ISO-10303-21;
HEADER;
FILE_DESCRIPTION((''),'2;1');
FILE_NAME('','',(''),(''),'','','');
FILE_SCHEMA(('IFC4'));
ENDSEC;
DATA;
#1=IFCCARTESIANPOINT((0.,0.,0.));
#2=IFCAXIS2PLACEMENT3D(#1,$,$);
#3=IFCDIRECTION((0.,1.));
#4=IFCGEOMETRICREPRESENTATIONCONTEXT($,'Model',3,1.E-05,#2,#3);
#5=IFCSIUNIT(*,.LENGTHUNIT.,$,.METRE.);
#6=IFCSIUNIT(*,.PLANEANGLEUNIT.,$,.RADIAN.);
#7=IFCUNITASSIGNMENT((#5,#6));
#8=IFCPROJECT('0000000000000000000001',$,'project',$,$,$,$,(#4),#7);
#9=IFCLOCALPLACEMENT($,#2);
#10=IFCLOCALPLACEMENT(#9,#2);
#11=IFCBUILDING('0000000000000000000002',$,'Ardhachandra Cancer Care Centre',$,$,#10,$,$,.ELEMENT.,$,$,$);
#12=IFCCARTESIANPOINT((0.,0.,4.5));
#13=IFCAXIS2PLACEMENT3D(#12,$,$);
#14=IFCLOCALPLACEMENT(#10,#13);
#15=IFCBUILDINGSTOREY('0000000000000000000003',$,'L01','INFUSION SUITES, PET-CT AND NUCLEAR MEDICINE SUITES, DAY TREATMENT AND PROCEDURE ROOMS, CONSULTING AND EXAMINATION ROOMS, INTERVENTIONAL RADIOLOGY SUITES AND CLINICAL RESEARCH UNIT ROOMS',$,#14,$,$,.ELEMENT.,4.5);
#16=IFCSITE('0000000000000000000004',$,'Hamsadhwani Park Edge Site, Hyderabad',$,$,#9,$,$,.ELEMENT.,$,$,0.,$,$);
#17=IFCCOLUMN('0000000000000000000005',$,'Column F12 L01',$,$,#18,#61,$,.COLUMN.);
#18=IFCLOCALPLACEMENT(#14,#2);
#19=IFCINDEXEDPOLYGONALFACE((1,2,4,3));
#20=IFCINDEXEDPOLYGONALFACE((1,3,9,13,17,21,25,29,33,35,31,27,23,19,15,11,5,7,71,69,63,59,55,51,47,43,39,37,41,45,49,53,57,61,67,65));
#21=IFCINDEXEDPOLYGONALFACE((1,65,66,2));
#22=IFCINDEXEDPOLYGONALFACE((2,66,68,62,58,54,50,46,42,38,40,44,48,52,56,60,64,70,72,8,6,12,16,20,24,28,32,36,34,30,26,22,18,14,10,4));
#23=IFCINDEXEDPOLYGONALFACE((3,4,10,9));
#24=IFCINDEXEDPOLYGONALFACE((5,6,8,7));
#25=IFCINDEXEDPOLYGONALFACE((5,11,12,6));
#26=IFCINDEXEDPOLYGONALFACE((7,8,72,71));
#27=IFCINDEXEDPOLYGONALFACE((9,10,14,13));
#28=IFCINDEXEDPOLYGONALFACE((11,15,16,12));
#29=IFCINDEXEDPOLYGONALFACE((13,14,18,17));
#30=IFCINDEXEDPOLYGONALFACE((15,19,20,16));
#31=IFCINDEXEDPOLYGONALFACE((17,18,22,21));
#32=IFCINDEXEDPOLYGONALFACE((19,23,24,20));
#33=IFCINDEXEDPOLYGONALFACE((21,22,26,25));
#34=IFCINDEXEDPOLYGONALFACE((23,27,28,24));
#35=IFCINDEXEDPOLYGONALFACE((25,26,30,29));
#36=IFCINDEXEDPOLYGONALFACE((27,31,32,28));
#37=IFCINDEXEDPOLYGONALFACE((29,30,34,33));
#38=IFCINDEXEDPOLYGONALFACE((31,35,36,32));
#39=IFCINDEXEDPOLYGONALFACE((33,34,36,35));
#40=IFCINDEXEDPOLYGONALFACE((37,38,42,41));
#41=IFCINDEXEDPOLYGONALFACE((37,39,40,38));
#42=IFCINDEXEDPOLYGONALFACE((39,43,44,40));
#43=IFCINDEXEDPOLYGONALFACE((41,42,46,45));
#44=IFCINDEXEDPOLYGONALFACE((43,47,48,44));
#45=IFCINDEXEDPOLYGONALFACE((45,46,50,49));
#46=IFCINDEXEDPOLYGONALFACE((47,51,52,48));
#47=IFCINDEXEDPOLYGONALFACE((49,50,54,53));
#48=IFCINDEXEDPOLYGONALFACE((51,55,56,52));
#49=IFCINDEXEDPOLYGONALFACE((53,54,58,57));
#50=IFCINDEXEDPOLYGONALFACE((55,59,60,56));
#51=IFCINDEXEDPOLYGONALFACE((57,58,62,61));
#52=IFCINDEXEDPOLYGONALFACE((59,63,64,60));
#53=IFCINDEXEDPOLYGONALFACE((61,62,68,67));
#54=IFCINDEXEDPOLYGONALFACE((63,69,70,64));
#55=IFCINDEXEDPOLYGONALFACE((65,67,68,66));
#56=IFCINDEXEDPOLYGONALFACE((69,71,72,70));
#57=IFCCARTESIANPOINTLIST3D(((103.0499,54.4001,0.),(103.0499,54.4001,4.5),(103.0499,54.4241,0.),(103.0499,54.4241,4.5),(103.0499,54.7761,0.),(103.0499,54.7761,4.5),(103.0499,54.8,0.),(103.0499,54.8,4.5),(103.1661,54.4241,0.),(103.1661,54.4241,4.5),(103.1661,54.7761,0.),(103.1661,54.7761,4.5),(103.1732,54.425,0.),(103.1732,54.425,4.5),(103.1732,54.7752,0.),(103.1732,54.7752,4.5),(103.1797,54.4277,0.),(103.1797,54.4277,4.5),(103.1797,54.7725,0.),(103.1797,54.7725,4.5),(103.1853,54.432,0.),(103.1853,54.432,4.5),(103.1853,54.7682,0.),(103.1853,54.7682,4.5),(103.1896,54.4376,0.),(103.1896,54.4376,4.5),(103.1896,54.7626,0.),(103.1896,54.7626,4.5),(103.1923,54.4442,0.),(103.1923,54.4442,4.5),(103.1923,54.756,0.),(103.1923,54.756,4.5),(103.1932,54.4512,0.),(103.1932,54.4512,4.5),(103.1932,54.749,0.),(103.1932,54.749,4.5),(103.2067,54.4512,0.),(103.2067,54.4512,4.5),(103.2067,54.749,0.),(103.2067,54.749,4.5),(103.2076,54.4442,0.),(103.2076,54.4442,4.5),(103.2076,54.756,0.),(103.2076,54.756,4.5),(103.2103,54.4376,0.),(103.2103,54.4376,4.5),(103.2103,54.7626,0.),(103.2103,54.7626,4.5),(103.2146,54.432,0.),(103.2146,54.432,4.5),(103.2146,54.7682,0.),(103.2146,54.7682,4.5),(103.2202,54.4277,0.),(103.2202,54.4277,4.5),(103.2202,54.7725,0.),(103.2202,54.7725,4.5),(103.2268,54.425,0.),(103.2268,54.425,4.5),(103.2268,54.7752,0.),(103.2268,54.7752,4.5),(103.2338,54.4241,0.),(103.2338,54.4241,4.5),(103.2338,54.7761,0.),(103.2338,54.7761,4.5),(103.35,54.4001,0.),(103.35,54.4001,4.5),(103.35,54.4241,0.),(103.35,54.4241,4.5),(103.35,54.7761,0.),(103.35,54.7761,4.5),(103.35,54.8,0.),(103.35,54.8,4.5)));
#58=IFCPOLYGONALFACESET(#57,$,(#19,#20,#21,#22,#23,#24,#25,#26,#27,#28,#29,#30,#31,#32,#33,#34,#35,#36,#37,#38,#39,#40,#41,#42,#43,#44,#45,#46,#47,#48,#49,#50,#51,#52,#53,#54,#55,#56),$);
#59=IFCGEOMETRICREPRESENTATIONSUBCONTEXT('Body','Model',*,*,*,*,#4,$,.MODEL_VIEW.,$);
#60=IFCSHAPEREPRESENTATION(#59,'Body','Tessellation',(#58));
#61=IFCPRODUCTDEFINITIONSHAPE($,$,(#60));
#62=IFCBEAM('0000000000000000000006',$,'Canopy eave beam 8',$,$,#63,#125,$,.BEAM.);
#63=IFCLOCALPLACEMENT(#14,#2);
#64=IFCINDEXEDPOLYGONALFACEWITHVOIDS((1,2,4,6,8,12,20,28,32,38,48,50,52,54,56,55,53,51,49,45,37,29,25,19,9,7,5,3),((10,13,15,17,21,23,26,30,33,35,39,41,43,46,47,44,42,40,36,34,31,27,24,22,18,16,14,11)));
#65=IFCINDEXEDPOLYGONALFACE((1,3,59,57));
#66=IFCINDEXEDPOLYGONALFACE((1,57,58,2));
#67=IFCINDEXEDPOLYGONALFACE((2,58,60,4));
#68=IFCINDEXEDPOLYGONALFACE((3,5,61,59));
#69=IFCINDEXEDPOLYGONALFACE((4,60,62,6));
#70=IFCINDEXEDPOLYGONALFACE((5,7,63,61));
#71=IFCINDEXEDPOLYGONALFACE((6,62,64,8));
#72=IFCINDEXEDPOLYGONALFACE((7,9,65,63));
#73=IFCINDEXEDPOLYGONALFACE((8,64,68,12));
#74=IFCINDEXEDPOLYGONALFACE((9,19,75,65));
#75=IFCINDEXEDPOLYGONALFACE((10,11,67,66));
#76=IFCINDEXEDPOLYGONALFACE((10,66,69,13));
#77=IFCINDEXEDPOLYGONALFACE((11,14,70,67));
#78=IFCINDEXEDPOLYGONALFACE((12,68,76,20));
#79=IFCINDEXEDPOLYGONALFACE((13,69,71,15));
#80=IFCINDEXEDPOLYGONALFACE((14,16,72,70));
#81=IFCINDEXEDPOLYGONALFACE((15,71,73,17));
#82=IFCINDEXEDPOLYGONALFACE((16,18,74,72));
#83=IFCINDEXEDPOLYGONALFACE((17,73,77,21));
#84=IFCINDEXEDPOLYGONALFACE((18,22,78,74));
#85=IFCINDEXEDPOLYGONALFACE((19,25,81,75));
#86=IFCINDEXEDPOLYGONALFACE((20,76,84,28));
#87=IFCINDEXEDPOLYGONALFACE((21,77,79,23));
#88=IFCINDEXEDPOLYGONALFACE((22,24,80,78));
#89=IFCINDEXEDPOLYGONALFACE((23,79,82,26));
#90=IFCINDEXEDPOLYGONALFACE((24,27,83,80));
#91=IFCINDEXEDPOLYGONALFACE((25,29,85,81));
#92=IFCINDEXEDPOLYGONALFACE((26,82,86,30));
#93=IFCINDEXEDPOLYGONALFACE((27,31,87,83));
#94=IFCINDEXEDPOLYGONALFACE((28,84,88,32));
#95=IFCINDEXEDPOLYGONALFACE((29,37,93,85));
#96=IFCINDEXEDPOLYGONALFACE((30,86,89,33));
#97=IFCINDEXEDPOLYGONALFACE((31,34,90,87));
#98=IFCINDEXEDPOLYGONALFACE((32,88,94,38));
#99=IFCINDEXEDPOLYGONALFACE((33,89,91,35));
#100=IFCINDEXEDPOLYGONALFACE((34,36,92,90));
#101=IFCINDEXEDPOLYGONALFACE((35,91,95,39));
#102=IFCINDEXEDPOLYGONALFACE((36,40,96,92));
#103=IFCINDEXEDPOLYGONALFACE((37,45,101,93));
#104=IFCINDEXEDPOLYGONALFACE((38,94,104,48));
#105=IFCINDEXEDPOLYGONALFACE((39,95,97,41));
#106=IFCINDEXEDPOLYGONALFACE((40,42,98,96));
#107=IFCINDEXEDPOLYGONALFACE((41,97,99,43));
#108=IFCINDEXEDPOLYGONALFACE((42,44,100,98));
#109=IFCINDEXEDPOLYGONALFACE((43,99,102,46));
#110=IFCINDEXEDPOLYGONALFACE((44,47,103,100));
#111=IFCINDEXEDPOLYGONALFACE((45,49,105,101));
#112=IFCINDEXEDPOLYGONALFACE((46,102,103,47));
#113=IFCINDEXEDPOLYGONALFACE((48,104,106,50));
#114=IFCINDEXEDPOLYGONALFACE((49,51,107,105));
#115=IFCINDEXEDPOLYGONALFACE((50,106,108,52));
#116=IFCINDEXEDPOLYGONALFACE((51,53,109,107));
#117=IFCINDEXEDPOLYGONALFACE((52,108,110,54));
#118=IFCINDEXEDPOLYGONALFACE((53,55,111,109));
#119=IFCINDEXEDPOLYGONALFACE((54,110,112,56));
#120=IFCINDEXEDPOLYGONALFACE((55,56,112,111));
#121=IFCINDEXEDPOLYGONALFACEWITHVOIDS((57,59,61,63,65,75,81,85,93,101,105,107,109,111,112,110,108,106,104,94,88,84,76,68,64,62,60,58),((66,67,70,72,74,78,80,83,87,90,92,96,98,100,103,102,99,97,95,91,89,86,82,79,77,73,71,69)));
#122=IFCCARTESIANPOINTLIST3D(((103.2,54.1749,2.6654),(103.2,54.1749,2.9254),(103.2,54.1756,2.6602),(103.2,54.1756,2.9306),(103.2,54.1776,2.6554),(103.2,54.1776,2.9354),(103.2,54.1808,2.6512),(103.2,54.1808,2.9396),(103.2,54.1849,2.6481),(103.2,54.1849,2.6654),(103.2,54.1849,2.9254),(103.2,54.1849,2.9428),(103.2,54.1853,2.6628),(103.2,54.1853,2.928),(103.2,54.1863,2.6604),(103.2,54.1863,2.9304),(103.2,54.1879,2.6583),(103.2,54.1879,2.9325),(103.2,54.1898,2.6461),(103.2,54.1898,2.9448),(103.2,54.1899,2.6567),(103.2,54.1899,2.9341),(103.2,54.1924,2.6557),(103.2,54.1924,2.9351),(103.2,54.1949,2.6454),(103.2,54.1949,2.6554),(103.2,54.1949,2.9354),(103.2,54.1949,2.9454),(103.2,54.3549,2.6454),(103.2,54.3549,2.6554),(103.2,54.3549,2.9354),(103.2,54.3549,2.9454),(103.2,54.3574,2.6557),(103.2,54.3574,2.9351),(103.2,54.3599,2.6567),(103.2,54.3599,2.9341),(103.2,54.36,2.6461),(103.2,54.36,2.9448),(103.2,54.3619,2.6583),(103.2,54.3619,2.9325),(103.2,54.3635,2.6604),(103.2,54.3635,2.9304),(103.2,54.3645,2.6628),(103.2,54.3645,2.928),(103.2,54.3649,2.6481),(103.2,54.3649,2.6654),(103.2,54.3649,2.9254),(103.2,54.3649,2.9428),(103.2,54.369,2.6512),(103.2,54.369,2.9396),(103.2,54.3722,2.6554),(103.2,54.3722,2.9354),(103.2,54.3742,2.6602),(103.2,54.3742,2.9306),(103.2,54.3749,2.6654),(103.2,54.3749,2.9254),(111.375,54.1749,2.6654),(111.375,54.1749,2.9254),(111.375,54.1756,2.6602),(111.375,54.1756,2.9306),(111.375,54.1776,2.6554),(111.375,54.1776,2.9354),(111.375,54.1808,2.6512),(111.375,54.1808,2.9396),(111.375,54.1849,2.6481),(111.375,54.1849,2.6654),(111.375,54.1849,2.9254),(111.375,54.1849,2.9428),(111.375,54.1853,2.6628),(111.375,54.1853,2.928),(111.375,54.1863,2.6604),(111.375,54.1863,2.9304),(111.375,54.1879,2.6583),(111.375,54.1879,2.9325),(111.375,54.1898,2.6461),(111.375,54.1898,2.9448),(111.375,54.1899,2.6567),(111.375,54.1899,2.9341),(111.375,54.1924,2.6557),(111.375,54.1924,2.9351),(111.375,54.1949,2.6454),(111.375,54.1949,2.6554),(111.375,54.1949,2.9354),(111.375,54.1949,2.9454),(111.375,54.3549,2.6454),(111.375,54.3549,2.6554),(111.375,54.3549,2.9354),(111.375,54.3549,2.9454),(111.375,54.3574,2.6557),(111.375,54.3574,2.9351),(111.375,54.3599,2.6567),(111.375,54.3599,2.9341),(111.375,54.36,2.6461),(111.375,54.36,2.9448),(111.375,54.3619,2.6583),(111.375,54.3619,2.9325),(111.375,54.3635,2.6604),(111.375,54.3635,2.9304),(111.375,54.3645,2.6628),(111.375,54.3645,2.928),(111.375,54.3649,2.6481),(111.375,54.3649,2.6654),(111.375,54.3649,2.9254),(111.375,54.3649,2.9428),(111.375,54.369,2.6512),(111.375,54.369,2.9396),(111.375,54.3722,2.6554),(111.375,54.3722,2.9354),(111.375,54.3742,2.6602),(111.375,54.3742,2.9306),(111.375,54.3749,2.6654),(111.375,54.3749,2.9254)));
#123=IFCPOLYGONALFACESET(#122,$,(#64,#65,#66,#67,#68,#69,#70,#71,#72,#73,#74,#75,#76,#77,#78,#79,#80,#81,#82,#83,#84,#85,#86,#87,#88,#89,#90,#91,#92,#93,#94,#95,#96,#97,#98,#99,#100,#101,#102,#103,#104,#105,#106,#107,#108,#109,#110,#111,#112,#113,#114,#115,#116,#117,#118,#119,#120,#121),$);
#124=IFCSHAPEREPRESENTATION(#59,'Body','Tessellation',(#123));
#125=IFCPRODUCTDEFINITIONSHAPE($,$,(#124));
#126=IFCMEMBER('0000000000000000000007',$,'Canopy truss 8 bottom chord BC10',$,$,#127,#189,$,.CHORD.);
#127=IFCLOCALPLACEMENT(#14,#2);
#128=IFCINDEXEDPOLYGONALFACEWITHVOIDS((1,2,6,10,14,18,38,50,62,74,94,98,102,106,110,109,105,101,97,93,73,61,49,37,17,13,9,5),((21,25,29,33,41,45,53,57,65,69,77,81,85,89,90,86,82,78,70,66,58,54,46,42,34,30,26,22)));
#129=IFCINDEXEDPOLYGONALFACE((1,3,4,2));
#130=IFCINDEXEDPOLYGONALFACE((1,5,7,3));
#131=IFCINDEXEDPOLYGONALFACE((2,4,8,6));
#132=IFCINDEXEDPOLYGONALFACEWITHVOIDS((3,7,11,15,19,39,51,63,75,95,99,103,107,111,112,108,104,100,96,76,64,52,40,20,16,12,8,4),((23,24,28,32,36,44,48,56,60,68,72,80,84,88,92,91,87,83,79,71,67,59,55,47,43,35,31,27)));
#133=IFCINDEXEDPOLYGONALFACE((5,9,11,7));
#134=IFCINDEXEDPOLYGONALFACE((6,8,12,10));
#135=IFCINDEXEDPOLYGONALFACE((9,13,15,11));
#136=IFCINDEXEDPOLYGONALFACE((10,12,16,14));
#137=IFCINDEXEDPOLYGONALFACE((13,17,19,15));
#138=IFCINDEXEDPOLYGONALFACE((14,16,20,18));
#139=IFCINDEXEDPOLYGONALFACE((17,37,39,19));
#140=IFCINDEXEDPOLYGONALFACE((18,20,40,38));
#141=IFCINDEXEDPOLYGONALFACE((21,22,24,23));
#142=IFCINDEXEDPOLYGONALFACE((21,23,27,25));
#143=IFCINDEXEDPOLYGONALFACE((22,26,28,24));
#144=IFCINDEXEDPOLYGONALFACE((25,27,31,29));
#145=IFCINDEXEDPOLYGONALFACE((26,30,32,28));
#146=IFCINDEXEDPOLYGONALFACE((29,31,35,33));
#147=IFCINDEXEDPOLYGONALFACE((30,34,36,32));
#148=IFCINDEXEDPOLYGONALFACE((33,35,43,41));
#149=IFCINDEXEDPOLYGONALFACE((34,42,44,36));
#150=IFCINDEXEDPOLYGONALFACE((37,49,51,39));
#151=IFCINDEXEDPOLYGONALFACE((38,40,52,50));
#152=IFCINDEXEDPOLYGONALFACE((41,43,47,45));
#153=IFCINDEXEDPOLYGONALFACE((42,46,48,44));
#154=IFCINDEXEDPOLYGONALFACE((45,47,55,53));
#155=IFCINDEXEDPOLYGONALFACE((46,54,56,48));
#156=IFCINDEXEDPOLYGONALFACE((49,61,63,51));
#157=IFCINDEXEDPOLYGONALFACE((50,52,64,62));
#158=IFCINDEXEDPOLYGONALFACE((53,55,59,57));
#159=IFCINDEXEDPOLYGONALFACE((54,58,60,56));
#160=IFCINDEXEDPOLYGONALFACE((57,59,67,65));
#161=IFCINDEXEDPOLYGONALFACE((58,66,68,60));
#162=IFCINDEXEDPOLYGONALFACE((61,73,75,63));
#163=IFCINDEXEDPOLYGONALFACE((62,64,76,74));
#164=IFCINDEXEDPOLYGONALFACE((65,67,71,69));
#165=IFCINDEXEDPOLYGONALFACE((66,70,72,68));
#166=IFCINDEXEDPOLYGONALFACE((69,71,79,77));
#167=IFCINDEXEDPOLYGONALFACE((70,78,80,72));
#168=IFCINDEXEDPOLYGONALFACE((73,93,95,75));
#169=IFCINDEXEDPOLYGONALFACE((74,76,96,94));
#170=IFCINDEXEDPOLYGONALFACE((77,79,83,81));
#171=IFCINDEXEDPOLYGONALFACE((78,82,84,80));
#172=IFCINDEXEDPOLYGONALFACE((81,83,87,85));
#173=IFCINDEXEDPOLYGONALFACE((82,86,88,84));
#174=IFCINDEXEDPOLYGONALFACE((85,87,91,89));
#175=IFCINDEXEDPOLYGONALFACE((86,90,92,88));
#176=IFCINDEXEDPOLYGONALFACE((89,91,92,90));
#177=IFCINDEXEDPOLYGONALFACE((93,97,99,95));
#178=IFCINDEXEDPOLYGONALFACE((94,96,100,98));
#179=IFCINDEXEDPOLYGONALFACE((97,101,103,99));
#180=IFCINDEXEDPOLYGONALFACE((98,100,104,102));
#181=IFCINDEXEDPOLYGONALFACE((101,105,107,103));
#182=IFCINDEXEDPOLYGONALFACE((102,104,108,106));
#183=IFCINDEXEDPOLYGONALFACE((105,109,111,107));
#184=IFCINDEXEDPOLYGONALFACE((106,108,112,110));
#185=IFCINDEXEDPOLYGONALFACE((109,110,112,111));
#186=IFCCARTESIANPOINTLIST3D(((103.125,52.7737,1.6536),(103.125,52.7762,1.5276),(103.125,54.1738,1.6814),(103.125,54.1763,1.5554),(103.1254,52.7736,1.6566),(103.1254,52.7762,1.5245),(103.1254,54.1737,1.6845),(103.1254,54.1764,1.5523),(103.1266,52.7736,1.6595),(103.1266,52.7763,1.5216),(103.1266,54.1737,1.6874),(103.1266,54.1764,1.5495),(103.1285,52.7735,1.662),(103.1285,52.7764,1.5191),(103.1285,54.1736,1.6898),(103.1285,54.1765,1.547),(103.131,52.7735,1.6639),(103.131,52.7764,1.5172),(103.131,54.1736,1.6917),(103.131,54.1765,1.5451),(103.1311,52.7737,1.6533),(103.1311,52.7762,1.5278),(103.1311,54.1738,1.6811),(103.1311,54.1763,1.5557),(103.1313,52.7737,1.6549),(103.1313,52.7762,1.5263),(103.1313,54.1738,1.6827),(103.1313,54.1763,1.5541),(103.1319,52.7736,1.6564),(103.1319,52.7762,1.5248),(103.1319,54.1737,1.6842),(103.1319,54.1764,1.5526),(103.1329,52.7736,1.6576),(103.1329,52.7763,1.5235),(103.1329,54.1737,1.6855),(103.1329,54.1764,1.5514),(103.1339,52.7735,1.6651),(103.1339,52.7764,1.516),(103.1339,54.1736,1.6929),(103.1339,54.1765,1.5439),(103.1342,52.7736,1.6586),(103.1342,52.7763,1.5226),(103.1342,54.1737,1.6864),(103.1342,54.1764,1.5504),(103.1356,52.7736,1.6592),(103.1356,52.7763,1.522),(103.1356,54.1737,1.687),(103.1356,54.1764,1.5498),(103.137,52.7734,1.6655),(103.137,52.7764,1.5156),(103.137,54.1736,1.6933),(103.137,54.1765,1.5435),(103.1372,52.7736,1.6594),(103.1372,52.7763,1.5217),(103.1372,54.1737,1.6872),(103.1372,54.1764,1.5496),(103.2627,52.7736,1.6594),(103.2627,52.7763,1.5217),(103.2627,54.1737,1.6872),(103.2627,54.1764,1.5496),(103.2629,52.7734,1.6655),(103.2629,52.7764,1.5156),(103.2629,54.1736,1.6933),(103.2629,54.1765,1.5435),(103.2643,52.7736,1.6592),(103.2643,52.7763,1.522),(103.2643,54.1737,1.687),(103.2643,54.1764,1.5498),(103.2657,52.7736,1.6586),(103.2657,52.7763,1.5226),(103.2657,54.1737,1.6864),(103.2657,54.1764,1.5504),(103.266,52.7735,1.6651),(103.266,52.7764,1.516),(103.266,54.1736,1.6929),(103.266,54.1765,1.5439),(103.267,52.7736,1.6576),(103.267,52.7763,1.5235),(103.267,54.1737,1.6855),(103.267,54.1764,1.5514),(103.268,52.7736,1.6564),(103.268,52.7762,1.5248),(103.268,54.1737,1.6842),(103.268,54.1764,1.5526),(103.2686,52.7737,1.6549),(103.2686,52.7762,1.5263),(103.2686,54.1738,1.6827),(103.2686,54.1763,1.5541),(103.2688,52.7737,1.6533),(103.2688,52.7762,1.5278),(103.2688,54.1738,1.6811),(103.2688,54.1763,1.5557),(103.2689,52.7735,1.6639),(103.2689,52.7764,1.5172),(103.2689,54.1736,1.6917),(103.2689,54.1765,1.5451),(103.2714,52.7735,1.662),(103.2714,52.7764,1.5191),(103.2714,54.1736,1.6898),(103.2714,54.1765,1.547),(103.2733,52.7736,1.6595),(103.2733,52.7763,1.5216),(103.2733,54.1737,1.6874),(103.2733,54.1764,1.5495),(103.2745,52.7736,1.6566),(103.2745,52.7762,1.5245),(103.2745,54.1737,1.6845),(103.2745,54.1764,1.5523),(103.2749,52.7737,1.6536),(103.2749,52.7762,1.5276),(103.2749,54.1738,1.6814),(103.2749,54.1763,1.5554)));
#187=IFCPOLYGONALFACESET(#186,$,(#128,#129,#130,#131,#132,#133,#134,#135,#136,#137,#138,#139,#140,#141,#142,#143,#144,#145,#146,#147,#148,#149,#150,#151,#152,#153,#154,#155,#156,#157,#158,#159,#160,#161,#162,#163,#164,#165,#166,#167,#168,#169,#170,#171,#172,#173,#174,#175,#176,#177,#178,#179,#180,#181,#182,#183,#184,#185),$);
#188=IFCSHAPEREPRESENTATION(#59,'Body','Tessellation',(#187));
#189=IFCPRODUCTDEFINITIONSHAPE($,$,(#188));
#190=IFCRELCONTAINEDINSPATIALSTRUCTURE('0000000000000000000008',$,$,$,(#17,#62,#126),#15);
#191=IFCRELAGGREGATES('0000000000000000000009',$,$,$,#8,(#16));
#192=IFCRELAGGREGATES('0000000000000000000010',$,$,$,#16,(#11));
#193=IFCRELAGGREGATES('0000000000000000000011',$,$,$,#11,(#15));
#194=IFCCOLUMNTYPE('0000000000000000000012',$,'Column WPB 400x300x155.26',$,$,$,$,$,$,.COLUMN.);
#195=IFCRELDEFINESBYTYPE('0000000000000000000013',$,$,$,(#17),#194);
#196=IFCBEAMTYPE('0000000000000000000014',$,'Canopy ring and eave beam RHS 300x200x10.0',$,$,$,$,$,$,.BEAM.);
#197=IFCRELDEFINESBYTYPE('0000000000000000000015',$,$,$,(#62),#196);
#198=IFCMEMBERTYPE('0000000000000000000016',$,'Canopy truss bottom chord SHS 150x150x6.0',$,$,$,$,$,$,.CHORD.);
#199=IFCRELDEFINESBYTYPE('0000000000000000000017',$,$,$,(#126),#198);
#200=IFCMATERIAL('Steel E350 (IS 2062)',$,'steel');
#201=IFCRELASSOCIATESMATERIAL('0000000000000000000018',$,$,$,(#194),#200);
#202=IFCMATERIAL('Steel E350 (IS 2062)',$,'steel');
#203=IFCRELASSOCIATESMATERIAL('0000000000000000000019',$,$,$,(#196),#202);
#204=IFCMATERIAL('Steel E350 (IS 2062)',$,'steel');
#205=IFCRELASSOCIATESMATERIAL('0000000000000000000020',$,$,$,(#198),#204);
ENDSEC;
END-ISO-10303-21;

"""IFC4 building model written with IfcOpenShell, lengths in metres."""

from ifc_helpers import new_model, si_unit, direction, frame, origin, origin_2d, place, context, subcontext, project, spatial, hollow_rectangle, i_section, extrude, material, material_profile, profile_set, type_object, element, save


model = new_model("IFC4")

# Units and contexts
model_context = context("Model", 3, precision=1e-05, world=origin(), true_north=direction((0.0, 1.0)))
body_context = subcontext(model_context, "Body", "Model", "MODEL_VIEW")
ifc_project = project(units=[si_unit("LENGTHUNIT", "METRE"), si_unit("PLANEANGLEUNIT", "RADIAN")], contexts=[model_context])

# Site, building, storey
site_placement = place(None, origin())
site = spatial("IfcSite", under=ifc_project, at=site_placement, Name="Hamsadhwani Park Edge Site, Hyderabad", CompositionType="ELEMENT", RefElevation=0.0)
building_placement = place(site_placement, origin())
building = spatial("IfcBuilding", under=site, at=building_placement, Name="Ardhachandra Cancer Care Centre", CompositionType="ELEMENT")
storey_placement = place(building_placement, frame((0.0, 0.0, 4.5)))
storey = spatial("IfcBuildingStorey", under=building, at=storey_placement, Name="L01", Description="INFUSION SUITES, PET-CT AND NUCLEAR MEDICINE SUITES, DAY TREATMENT AND PROCEDURE ROOMS, CONSULTING AND EXAMINATION ROOMS, INTERVENTIONAL RADIOLOGY SUITES AND CLINICAL RESEARCH UNIT ROOMS", CompositionType="ELEMENT", Elevation=4.5)

# Column
ifc_material_1 = material(Name="Steel E350 (IS 2062)", Category="steel")
ifc_material_profile_1 = material_profile(ifc_material_1, i_section(OverallWidth=0.3, OverallDepth=0.3999, WebThickness=0.0134, FlangeThickness=0.0239, FilletRadius=0.0271, at=origin_2d()), Name="WPB 400x300x155.26")
ifc_profile_set_1 = profile_set([ifc_material_profile_1], Name="Steel E350 (IS 2062)")
column_type = type_object("IfcColumnType", Name="Column WPB 400x300x155.26", PredefinedType="COLUMN", material=ifc_profile_set_1)
column_placement = place(storey_placement, frame((103.2, 54.6001, 0.0), z_axis=(0.0, 0.0, 1.0), x_axis=(1.0, 0.0, 0.0)))
element("IfcColumn", 1, at=column_placement, inside=storey, type_object=column_type, Name="Column F12 L01", PredefinedType="COLUMN", context=body_context, shape_type="SweptSolid", body=[
    extrude(i_section(OverallWidth=0.3, OverallDepth=0.3999, WebThickness=0.0134, FlangeThickness=0.0239, FilletRadius=0.0271, at=origin_2d()), origin(), (0.0, 0.0, 1.0), 4.5),
])

# Beam
ifc_material_2 = material(Name="Steel E350 (IS 2062)", Category="steel")
ifc_material_profile_2 = material_profile(ifc_material_2, hollow_rectangle(XDim=0.2, YDim=0.3, WallThickness=0.01, InnerFilletRadius=0.01, OuterFilletRadius=0.02, at=origin_2d()), Name="RHS 300x200x10.0")
ifc_profile_set_2 = profile_set([ifc_material_profile_2], Name="Steel E350 (IS 2062)")
beam_type = type_object("IfcBeamType", Name="Canopy ring and eave beam RHS 300x200x10.0", PredefinedType="BEAM", material=ifc_profile_set_2)
beam_placement = place(storey_placement, frame((103.2, 54.2749, 2.7954), z_axis=(1.0, 0.0, 0.0), x_axis=(0.0, 1.0, 0.0)))
element("IfcBeam", 2, at=beam_placement, inside=storey, type_object=beam_type, Name="Canopy eave beam 8", PredefinedType="BEAM", context=body_context, shape_type="SweptSolid", body=[
    extrude(hollow_rectangle(XDim=0.2, YDim=0.3, WallThickness=0.01, InnerFilletRadius=0.01, OuterFilletRadius=0.02, at=origin_2d()), origin(), (0.0, 0.0, 1.0), 8.175),
])

# Member
ifc_material_3 = material(Name="Steel E350 (IS 2062)", Category="steel")
ifc_material_profile_3 = material_profile(ifc_material_3, hollow_rectangle(XDim=0.1499, YDim=0.1499, WallThickness=0.0061, InnerFilletRadius=0.0061, OuterFilletRadius=0.012, at=origin_2d()), Name="SHS 150x150x6.0")
ifc_profile_set_3 = profile_set([ifc_material_profile_3], Name="Steel E350 (IS 2062)")
member_type_1 = type_object("IfcMemberType", Name="Canopy truss bottom chord SHS 150x150x6.0", PredefinedType="CHORD", material=ifc_profile_set_3)
member_1_placement = place(storey_placement, frame((103.2, 54.175, 1.6184), z_axis=(0.0, -0.999802, -0.019874), x_axis=(1.0, 0.0, 0.0)))
element("IfcMember", 3, at=member_1_placement, inside=storey, type_object=member_type_1, Name="Canopy truss 8 bottom chord BC10", PredefinedType="CHORD", context=body_context, shape_type="SweptSolid", body=[
    extrude(hollow_rectangle(XDim=0.1499, YDim=0.1499, WallThickness=0.0061, InnerFilletRadius=0.0061, OuterFilletRadius=0.012, at=origin_2d()), origin(), (0.0, 0.0, 1.0), 1.4004),
])

save(model, "model.ifc")
